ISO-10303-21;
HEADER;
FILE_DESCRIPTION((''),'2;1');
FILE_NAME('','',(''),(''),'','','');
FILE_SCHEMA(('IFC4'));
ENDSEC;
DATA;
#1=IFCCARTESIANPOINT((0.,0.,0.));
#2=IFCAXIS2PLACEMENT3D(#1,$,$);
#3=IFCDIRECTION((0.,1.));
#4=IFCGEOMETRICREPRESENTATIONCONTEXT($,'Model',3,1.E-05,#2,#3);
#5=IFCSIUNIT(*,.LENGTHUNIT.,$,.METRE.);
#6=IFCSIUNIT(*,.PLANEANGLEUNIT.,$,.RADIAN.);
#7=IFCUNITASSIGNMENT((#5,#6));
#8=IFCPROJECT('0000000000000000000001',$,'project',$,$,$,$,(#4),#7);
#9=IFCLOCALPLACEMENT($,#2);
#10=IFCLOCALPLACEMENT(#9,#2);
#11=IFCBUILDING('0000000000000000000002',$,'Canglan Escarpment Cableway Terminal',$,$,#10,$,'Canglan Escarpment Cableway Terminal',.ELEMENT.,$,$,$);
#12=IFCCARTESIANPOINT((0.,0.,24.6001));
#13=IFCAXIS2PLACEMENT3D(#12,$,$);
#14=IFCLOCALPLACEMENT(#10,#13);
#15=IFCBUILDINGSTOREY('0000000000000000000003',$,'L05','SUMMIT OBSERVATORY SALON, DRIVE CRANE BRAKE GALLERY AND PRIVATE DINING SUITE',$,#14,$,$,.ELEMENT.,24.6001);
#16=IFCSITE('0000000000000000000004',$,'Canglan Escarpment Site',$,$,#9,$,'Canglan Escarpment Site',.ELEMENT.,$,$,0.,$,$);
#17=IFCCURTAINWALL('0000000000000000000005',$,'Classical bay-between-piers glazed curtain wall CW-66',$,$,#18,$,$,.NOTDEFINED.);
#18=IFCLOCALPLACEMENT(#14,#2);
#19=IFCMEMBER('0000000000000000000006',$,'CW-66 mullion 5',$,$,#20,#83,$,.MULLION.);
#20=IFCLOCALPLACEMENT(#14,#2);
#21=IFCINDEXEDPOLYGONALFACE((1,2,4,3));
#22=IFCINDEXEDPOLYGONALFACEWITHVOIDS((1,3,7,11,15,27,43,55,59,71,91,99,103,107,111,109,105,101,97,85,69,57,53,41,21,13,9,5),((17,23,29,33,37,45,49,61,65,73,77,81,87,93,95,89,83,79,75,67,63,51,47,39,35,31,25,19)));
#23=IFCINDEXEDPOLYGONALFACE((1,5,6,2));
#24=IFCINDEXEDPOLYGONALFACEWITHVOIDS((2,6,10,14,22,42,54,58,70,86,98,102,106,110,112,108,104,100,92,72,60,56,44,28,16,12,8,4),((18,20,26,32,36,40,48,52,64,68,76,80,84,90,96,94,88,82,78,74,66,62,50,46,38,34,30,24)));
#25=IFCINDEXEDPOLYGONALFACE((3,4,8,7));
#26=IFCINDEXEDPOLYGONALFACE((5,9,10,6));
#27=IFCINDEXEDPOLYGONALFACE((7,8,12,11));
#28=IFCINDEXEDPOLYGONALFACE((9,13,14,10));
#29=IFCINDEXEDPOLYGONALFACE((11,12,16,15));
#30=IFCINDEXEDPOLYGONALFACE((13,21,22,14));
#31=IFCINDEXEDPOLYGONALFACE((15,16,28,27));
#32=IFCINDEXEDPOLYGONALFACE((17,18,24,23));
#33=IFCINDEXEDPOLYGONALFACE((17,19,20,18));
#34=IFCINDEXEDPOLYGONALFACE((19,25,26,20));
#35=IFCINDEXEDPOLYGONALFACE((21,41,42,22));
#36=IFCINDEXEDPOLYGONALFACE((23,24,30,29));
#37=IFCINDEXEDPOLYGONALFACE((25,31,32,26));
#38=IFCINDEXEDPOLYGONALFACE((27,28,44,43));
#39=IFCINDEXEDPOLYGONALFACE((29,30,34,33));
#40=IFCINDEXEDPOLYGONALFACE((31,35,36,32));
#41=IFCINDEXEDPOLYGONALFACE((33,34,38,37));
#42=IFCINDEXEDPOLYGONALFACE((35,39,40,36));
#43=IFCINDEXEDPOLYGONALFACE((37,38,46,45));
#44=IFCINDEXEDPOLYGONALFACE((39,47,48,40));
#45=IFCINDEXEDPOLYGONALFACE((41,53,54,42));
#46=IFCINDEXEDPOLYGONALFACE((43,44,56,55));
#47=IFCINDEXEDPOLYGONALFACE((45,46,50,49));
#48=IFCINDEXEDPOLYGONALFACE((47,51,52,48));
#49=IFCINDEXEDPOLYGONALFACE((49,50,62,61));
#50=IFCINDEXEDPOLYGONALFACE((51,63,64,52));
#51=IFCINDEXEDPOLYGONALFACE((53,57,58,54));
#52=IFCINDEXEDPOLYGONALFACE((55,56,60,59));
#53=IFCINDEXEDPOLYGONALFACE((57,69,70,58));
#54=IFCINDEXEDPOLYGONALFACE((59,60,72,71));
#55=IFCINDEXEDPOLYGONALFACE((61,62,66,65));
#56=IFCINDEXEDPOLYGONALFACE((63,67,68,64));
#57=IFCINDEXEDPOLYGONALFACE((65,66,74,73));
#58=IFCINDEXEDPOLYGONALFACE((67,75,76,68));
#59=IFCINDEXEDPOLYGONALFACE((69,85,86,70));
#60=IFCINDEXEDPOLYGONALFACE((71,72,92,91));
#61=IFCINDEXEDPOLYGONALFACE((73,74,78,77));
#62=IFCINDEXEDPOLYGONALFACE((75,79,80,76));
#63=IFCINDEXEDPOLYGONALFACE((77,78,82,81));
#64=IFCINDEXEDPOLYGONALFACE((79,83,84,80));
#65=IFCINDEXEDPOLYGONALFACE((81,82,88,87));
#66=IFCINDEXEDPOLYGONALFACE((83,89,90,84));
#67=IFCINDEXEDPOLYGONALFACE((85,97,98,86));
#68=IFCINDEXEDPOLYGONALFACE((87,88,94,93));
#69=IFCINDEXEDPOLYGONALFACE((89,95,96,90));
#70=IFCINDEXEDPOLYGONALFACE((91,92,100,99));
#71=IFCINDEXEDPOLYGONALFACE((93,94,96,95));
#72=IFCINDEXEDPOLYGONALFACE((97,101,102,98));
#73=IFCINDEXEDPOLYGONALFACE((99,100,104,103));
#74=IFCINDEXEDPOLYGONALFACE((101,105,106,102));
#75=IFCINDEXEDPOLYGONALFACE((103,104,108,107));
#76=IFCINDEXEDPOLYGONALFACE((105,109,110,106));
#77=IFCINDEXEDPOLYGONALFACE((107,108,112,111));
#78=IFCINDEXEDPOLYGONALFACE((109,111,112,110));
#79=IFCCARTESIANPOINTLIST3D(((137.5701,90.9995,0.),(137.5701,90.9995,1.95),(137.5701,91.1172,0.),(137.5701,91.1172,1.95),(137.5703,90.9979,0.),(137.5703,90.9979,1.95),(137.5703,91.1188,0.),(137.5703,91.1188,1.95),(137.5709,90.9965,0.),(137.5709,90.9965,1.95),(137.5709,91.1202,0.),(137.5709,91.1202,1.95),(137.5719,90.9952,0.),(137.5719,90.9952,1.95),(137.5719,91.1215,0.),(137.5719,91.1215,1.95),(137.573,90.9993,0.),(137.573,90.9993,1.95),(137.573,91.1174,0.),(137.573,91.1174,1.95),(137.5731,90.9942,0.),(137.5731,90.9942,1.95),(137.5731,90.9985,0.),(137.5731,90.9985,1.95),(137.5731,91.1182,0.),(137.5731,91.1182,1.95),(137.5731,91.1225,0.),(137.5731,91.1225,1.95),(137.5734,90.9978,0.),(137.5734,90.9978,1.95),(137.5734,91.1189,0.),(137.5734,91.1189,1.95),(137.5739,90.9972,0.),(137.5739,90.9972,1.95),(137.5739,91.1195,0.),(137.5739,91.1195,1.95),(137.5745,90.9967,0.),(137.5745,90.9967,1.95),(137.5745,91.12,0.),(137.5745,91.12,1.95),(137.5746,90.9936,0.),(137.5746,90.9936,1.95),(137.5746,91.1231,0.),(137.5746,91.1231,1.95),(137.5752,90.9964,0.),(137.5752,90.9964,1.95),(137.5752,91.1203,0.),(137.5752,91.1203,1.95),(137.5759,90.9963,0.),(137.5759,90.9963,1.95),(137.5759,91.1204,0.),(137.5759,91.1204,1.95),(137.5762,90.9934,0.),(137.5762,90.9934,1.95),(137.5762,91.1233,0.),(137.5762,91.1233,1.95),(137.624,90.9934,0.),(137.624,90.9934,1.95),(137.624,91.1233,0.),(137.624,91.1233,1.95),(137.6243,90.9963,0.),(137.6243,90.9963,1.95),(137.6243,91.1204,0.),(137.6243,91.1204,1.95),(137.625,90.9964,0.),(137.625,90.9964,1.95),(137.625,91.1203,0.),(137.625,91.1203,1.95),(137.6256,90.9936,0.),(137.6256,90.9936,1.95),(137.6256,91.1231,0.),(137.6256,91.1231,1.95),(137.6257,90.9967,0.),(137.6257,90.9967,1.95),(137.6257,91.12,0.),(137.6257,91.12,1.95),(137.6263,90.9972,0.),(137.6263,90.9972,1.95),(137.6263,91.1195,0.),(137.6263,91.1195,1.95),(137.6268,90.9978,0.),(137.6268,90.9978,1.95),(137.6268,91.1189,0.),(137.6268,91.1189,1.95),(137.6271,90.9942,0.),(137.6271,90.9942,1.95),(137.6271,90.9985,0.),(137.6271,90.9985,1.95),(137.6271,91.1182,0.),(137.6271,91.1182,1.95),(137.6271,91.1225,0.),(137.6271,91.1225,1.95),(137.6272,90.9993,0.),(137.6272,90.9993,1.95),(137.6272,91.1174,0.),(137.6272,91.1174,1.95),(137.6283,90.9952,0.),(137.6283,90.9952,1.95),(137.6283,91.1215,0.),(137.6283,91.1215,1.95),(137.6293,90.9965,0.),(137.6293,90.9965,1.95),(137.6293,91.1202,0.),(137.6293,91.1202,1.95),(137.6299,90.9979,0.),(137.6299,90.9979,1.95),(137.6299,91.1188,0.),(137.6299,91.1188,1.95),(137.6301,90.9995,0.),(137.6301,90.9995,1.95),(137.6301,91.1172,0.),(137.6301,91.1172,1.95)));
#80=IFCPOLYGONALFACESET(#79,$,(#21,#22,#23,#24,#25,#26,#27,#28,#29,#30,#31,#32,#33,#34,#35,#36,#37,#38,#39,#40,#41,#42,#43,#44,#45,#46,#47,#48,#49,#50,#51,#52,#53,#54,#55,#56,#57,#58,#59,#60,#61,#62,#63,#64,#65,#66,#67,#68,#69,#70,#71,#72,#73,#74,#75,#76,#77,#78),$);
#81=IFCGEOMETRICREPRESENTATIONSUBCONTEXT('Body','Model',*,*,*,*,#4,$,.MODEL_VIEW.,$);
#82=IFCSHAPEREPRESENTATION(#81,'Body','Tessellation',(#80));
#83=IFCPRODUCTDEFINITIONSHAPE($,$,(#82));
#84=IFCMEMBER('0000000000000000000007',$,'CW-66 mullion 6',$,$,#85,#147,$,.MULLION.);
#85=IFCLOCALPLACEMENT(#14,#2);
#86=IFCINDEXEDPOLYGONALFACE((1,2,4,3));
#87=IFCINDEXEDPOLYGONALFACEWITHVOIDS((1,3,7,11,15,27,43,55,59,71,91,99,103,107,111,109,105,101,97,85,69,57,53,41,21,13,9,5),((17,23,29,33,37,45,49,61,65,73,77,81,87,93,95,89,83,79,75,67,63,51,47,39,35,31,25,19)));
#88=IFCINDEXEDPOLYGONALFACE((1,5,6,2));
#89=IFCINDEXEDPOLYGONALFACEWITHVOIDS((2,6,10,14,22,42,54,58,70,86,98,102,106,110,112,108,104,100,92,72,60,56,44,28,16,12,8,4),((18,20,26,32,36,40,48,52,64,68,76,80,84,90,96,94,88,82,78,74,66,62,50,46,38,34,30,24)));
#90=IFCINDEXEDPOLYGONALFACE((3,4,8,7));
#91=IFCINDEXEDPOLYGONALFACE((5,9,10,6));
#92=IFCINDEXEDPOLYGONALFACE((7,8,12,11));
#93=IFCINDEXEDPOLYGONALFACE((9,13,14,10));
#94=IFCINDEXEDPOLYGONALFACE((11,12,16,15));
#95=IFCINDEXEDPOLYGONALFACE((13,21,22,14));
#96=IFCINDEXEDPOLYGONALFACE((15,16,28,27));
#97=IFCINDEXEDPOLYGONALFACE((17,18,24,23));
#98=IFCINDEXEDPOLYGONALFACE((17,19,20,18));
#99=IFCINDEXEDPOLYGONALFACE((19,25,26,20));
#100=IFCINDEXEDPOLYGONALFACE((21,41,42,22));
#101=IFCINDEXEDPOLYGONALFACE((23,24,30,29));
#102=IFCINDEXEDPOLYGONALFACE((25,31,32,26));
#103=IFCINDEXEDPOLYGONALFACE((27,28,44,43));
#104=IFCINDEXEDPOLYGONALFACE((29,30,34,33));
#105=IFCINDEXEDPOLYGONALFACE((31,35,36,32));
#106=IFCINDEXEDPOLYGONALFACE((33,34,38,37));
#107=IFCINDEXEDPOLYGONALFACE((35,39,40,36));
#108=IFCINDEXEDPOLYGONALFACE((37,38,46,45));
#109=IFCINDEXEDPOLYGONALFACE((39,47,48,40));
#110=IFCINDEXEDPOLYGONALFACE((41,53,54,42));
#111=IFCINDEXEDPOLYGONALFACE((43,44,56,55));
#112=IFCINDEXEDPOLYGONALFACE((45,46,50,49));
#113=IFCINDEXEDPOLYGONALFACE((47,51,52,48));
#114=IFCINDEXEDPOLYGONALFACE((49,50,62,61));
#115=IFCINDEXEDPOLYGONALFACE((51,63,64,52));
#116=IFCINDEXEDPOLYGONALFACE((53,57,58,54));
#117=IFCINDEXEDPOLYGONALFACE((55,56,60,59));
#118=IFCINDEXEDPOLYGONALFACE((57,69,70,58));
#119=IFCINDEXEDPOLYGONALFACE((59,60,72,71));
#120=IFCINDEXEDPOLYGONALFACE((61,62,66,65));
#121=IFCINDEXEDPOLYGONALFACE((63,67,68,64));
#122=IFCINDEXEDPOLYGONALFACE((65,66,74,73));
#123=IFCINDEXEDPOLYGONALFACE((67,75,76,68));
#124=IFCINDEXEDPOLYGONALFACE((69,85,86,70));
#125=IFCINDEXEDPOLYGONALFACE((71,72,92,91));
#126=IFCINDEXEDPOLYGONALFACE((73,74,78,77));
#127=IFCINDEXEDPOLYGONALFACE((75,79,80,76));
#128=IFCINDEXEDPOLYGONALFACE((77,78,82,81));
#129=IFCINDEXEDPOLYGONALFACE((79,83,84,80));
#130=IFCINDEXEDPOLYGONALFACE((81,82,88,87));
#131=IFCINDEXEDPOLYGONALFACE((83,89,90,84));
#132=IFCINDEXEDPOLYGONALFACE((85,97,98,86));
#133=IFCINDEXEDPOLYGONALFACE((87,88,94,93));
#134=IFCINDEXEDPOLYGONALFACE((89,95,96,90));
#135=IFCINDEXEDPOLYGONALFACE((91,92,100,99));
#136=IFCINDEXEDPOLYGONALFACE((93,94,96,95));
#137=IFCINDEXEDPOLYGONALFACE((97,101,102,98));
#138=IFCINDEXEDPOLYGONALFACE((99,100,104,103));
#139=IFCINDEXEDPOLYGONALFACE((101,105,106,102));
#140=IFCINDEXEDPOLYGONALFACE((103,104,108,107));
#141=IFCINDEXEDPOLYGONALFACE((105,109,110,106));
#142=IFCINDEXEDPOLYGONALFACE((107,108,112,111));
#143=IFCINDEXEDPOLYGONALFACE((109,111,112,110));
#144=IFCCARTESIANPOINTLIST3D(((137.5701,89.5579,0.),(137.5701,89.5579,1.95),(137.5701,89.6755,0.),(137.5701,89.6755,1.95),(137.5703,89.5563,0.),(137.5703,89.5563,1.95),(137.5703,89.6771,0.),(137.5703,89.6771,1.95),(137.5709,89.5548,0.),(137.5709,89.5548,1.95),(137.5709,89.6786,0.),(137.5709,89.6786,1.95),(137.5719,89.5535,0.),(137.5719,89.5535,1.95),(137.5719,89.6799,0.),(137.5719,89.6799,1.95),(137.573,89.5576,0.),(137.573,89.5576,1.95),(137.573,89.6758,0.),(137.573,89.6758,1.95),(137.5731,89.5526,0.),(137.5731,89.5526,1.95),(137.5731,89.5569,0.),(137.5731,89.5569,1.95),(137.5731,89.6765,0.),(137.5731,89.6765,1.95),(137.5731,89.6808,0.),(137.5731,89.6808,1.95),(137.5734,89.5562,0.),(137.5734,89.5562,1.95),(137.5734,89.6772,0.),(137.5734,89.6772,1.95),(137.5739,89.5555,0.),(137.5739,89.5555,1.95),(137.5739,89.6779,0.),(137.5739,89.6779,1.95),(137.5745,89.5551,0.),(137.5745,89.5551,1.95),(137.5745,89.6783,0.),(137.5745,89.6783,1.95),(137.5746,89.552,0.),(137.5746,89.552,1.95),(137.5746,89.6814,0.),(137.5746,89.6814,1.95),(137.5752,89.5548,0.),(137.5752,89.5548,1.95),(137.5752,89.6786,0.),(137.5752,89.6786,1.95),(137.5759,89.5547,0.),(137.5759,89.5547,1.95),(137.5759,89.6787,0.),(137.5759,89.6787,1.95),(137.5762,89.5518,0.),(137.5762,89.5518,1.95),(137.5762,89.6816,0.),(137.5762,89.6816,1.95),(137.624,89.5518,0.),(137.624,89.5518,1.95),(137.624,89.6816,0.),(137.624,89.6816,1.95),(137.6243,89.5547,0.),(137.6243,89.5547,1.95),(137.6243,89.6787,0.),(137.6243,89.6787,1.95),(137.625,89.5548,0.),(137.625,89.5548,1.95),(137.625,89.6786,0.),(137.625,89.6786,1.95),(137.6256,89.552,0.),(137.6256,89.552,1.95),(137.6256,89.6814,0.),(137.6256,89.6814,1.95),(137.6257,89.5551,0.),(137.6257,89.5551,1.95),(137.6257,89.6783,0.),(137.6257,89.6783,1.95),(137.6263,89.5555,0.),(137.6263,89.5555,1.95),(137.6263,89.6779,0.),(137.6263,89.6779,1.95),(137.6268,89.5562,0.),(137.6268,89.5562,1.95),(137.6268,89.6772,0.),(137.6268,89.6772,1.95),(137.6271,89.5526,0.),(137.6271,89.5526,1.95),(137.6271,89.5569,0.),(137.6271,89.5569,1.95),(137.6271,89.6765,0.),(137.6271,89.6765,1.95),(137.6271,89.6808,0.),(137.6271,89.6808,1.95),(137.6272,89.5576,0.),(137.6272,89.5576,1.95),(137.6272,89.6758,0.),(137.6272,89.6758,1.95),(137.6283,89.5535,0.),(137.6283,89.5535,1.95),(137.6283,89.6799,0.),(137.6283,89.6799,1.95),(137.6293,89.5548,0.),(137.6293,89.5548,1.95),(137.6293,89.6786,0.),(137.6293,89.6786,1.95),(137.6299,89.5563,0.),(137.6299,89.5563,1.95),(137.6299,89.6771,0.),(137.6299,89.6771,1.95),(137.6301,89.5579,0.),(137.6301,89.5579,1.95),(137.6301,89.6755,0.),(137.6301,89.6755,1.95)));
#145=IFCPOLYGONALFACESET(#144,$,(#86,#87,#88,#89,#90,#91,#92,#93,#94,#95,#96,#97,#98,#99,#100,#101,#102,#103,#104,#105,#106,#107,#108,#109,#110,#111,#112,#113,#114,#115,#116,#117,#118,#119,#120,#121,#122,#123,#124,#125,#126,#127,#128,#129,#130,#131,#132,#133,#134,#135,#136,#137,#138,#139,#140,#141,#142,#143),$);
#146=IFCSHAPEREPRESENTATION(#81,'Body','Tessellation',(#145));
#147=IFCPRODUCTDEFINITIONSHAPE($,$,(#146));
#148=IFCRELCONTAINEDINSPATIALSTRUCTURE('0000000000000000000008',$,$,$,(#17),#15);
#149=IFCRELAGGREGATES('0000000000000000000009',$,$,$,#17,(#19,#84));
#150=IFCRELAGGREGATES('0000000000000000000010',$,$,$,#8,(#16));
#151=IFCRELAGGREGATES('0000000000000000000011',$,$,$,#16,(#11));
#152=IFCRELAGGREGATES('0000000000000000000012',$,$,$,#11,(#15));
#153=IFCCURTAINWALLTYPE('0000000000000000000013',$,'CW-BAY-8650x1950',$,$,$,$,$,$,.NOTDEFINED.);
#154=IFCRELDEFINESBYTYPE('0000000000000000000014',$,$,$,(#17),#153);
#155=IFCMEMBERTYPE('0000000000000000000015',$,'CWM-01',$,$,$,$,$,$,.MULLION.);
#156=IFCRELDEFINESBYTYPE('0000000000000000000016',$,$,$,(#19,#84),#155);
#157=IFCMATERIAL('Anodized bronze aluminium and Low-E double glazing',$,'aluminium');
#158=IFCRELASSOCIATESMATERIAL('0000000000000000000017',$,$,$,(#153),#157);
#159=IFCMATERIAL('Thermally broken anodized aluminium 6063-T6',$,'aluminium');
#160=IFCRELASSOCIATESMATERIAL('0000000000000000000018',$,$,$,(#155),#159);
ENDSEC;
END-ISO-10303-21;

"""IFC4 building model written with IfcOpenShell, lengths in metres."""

from ifc_helpers import new_model, si_unit, direction, frame, origin, origin_2d, place, context, subcontext, project, spatial, hollow_rectangle, extrude, material, material_profile, profile_set, type_object, element, aggregate, save


model = new_model("IFC4")

# Units and contexts
model_context = context("Model", 3, precision=1e-05, world=origin(), true_north=direction((0.0, 1.0)))
body_context = subcontext(model_context, "Body", "Model", "MODEL_VIEW")
ifc_project = project(units=[si_unit("LENGTHUNIT", "METRE"), si_unit("PLANEANGLEUNIT", "RADIAN")], contexts=[model_context])

# Site, building, storey
site_placement = place(None, origin())
site = spatial("IfcSite", under=ifc_project, at=site_placement, Name="Canglan Escarpment Site", LongName="Canglan Escarpment Site", CompositionType="ELEMENT", RefElevation=0.0)
building_placement = place(site_placement, origin())
building = spatial("IfcBuilding", under=site, at=building_placement, Name="Canglan Escarpment Cableway Terminal", LongName="Canglan Escarpment Cableway Terminal", CompositionType="ELEMENT")
storey_placement = place(building_placement, frame((0.0, 0.0, 24.6001)))
storey = spatial("IfcBuildingStorey", under=building, at=storey_placement, Name="L05", Description="SUMMIT OBSERVATORY SALON, DRIVE CRANE BRAKE GALLERY AND PRIVATE DINING SUITE", CompositionType="ELEMENT", Elevation=24.6001)

# Curtain wall, members
ifc_material_1 = material(Name="Anodized bronze aluminium and Low-E double glazing", Category="aluminium")
curtain_wall_type = type_object("IfcCurtainWallType", Name="CW-BAY-8650x1950", PredefinedType="NOTDEFINED", material=ifc_material_1)
curtain_wall_placement = place(storey_placement, origin())
curtain_wall = element("IfcCurtainWall", 1, at=curtain_wall_placement, inside=storey, type_object=curtain_wall_type, Name="Classical bay-between-piers glazed curtain wall CW-66", PredefinedType="NOTDEFINED")
ifc_material_2 = material(Name="Thermally broken anodized aluminium 6063-T6", Category="aluminium")
ifc_material_profile_1 = material_profile(ifc_material_2, hollow_rectangle(XDim=0.0601, YDim=0.1299, WallThickness=0.0029, InnerFilletRadius=0.0029, OuterFilletRadius=0.0061, at=origin_2d()), Name="ALU-MULL 60x130x3")
ifc_profile_set_1 = profile_set([ifc_material_profile_1], Name="Thermally broken anodized aluminium 6063-T6")
member_type_1 = type_object("IfcMemberType", Name="CWM-01", PredefinedType="MULLION", material=ifc_profile_set_1)
member_1_placement = place(storey_placement, frame((137.6001, 91.0583, 0.0), z_axis=(0.0, 0.0, 1.0), x_axis=(1.0, 0.0, 0.0)))
member_1 = element("IfcMember", 2, at=member_1_placement, type_object=member_type_1, Name="CW-66 mullion 5", PredefinedType="MULLION", context=body_context, shape_type="SweptSolid", body=[
    extrude(hollow_rectangle(XDim=0.0601, YDim=0.1299, WallThickness=0.0029, InnerFilletRadius=0.0029, OuterFilletRadius=0.0061, at=origin_2d()), origin(), (0.0, 0.0, 1.0), 1.95),
])
member_2_placement = place(storey_placement, frame((137.6001, 89.6167, 0.0), z_axis=(0.0, 0.0, 1.0), x_axis=(1.0, 0.0, 0.0)))
member_2 = element("IfcMember", 3, at=member_2_placement, type_object=member_type_1, Name="CW-66 mullion 6", PredefinedType="MULLION", context=body_context, shape_type="SweptSolid", body=[
    extrude(hollow_rectangle(XDim=0.0601, YDim=0.1299, WallThickness=0.0029, InnerFilletRadius=0.0029, OuterFilletRadius=0.0061, at=origin_2d()), origin(), (0.0, 0.0, 1.0), 1.95),
])

aggregate(curtain_wall, [member_1, member_2])

save(model, "model.ifc")
